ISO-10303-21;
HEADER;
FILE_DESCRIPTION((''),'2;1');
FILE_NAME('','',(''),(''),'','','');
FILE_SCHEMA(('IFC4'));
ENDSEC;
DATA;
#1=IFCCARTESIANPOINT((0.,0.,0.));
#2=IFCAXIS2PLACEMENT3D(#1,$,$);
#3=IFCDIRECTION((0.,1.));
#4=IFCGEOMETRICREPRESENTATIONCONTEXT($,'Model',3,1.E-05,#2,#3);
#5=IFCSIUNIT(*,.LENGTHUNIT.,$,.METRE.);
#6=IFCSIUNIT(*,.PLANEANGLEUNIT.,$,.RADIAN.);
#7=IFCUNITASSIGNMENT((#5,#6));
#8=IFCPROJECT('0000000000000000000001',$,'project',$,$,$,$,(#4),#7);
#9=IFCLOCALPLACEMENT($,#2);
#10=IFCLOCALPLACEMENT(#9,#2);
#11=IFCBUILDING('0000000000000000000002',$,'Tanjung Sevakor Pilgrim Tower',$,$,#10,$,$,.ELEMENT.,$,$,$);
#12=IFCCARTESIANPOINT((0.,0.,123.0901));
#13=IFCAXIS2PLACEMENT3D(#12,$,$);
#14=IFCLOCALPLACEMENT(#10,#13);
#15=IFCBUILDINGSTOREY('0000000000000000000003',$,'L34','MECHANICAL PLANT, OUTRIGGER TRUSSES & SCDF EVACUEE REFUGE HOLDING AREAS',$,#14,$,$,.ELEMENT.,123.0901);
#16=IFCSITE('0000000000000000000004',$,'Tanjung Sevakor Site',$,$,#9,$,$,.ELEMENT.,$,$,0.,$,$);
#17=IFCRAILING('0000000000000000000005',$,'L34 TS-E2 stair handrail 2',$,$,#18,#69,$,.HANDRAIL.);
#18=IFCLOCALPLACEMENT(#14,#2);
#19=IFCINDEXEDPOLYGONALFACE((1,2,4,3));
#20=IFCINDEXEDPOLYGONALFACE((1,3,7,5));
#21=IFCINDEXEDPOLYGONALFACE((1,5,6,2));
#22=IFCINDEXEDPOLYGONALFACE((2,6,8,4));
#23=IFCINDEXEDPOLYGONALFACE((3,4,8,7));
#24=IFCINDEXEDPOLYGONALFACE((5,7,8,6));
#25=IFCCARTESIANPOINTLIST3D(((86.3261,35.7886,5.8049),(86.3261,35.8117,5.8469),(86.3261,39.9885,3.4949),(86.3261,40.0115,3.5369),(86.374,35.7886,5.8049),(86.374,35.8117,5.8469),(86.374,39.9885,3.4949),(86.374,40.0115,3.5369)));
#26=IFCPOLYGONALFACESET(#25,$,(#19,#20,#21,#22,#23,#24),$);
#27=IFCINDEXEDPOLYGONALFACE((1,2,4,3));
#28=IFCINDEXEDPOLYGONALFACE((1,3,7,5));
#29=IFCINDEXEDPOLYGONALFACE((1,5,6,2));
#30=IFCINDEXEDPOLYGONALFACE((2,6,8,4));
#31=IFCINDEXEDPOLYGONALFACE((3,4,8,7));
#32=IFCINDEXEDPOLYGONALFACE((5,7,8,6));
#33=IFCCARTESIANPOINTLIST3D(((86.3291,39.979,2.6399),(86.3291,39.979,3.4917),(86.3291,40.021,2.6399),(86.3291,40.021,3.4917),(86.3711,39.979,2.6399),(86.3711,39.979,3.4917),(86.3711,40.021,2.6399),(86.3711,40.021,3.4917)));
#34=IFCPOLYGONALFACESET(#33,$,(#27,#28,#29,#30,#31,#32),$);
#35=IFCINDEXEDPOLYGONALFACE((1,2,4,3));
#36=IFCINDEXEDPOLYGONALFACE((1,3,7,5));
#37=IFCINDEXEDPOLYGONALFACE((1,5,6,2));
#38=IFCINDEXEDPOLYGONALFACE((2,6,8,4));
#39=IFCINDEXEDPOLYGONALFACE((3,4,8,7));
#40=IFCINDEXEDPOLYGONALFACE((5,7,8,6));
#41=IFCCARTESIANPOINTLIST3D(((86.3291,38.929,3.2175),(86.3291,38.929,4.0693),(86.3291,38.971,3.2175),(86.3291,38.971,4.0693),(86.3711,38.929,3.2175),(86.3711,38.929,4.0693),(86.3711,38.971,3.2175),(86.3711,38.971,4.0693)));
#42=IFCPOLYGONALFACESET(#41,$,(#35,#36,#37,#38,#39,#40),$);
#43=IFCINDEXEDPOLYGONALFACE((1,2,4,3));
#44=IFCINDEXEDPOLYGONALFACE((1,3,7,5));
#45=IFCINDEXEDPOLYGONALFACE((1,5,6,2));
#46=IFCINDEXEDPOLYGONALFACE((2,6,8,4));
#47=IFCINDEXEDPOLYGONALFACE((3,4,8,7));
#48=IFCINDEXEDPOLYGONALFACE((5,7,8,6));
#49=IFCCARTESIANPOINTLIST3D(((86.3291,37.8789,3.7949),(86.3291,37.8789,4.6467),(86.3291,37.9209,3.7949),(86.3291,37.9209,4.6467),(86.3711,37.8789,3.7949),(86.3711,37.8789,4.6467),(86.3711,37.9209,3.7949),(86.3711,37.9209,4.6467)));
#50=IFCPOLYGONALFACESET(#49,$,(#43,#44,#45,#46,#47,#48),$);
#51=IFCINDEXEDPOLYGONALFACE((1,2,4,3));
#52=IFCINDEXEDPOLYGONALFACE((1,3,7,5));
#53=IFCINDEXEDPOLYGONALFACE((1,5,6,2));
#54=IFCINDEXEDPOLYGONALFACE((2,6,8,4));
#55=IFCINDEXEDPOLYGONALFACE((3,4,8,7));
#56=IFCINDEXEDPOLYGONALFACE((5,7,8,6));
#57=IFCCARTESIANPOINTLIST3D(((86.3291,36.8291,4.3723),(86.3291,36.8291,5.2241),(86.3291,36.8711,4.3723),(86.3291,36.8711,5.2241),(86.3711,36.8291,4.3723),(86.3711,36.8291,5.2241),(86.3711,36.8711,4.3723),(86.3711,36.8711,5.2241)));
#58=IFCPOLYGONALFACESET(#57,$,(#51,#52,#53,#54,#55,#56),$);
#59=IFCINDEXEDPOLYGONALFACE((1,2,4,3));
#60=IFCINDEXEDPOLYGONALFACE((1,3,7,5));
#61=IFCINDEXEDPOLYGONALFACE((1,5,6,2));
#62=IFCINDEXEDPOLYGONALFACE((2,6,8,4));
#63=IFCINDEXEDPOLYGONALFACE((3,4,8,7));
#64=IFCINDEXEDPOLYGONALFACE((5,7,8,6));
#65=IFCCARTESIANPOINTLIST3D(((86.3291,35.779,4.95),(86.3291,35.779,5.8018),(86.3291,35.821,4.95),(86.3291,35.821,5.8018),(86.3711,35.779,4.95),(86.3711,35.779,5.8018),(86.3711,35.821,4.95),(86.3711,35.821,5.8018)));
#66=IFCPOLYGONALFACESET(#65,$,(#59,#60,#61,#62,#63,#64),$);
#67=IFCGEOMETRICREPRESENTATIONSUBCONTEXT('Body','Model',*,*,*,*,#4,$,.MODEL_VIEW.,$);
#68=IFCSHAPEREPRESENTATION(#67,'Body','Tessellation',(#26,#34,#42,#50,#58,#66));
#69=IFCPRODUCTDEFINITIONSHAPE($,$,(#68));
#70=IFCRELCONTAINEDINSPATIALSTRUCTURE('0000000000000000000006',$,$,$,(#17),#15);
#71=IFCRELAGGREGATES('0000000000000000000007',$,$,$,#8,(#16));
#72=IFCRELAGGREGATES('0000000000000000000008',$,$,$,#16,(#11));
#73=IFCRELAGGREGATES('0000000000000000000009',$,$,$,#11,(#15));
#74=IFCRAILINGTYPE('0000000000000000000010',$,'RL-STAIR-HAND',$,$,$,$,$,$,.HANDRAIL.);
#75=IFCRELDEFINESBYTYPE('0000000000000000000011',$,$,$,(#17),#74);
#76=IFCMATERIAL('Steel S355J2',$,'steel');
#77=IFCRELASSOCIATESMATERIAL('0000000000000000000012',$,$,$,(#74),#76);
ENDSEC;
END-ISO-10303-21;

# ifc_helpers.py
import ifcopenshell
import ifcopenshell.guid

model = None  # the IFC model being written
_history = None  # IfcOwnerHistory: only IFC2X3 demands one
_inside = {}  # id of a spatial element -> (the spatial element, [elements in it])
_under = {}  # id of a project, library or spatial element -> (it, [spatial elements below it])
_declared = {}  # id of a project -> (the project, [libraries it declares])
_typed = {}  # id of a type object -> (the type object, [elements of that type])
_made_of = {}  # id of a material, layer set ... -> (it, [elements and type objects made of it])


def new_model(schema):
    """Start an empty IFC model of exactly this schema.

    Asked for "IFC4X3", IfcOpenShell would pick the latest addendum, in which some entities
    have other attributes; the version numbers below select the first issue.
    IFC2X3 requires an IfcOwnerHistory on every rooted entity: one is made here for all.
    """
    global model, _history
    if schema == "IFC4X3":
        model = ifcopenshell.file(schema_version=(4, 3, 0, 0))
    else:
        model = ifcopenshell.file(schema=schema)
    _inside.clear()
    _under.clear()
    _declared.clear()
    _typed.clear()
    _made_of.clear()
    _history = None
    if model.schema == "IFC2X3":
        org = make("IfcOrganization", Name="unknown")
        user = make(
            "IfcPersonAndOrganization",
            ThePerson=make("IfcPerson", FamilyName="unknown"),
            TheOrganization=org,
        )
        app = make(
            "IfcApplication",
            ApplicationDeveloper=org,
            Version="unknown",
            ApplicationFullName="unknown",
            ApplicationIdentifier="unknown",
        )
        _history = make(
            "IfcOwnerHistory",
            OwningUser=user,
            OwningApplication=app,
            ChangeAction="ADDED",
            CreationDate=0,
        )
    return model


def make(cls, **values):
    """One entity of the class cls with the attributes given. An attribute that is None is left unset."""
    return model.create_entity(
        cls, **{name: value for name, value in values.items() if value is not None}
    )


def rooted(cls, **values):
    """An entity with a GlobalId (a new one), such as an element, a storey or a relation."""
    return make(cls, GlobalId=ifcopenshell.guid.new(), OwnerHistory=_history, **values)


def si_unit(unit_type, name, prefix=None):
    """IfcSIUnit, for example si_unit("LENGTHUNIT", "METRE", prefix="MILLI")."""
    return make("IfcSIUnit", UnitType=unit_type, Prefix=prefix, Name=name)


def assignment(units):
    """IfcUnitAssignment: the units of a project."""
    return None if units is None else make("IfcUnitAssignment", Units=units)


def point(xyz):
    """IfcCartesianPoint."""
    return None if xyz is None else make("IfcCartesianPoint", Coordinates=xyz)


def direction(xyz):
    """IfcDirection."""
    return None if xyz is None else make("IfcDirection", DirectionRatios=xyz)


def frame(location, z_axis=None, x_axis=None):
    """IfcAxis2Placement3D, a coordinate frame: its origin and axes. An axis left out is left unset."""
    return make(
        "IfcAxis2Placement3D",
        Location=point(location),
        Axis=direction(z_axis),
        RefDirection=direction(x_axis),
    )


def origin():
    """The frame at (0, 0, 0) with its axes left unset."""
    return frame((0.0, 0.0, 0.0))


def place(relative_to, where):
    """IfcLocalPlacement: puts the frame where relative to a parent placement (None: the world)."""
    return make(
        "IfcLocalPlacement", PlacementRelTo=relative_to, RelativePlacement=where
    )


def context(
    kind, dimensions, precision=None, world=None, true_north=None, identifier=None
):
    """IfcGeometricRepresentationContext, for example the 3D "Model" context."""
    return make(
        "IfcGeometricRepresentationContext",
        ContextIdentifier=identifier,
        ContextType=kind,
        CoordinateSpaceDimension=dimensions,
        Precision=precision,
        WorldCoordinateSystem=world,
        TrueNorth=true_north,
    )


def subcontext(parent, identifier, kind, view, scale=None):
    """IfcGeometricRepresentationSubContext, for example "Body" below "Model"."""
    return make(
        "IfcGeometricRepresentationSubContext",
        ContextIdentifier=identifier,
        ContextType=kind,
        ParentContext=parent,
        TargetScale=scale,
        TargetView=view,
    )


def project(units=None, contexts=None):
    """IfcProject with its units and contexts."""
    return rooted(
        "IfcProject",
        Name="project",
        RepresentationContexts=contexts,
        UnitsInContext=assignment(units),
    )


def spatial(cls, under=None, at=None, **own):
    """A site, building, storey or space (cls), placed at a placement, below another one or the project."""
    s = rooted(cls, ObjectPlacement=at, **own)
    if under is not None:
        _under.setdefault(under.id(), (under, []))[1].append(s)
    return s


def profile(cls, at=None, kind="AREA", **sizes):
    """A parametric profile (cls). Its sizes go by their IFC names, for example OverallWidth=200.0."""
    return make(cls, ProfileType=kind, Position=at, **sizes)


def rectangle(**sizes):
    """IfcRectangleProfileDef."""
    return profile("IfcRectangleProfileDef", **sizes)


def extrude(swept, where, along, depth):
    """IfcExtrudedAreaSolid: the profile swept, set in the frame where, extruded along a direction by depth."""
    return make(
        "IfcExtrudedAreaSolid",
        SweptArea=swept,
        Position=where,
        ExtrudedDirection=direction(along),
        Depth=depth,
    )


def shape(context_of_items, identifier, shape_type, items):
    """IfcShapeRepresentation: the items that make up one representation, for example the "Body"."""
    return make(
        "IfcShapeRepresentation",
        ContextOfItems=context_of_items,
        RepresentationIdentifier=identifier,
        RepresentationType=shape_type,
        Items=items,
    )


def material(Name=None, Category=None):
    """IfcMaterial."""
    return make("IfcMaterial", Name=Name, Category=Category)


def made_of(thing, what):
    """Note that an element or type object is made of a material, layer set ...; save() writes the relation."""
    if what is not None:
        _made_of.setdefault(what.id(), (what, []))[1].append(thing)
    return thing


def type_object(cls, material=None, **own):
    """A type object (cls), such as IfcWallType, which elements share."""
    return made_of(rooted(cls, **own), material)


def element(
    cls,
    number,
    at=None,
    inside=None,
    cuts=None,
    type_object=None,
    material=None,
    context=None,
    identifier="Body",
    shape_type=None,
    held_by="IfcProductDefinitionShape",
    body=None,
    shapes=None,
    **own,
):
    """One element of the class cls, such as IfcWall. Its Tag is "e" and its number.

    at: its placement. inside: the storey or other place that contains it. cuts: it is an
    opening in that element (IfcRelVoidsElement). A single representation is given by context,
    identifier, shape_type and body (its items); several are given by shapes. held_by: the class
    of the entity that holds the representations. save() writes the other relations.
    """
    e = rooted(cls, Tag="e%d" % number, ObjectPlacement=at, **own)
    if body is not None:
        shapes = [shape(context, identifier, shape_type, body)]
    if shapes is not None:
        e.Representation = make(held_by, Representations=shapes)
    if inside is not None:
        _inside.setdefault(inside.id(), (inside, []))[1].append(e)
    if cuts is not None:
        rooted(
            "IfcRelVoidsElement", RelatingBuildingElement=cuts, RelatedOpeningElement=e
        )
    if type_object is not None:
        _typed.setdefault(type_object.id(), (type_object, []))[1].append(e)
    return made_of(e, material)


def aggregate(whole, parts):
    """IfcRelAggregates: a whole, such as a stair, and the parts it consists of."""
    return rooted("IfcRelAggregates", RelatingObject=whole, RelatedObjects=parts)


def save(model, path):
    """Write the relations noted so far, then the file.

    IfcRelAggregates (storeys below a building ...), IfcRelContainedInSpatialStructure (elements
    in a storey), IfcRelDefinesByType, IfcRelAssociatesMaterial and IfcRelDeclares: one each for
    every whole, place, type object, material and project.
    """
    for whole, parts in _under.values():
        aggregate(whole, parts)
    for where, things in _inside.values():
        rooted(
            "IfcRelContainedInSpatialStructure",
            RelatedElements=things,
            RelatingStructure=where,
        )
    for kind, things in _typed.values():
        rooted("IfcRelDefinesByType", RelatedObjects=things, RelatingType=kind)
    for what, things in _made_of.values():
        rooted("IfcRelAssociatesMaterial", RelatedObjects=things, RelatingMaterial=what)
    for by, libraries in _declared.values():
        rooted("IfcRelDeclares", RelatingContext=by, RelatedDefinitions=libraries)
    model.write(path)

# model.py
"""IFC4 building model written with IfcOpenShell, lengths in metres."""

from ifc_helpers import new_model, si_unit, direction, frame, origin, place, context, subcontext, project, spatial, rectangle, extrude, material, type_object, element, save


model = new_model("IFC4")

# Units and contexts
model_context = context("Model", 3, precision=1e-05, world=origin(), true_north=direction((0.0, 1.0)))
body_context = subcontext(model_context, "Body", "Model", "MODEL_VIEW")
ifc_project = project(units=[si_unit("LENGTHUNIT", "METRE"), si_unit("PLANEANGLEUNIT", "RADIAN")], contexts=[model_context])

# Site, building, storey
site_placement = place(None, origin())
site = spatial("IfcSite", under=ifc_project, at=site_placement, Name="Tanjung Sevakor Site", CompositionType="ELEMENT", RefElevation=0.0)
building_placement = place(site_placement, origin())
building = spatial("IfcBuilding", under=site, at=building_placement, Name="Tanjung Sevakor Pilgrim Tower", CompositionType="ELEMENT")
storey_placement = place(building_placement, frame((0.0, 0.0, 123.0901)))
storey = spatial("IfcBuildingStorey", under=building, at=storey_placement, Name="L34", Description="MECHANICAL PLANT, OUTRIGGER TRUSSES & SCDF EVACUEE REFUGE HOLDING AREAS", CompositionType="ELEMENT", Elevation=123.0901)

# Railing
ifc_material_1 = material(Name="Steel S355J2", Category="steel")
railing_type_1 = type_object("IfcRailingType", Name="RL-STAIR-HAND", PredefinedType="HANDRAIL", material=ifc_material_1)
railing_1_placement = place(storey_placement, frame((86.3501, 40.0, 2.6399)))
element("IfcRailing", 1, at=railing_1_placement, inside=storey, type_object=railing_type_1, Name="L34 TS-E2 stair handrail 2", PredefinedType="HANDRAIL", context=body_context, shape_type="SweptSolid", body=[
    extrude(rectangle(XDim=0.0479, YDim=0.0479), frame((0.0, 0.0, 0.876), z_axis=(0.0, -0.876208, 0.481932), x_axis=(1.0, 0.0, 0.0)), (0.0, 0.0, 1.0), 4.7932),
    extrude(rectangle(XDim=0.042, YDim=0.042), origin(), (0.0, 0.0, 1.0), 0.8518),
    extrude(rectangle(XDim=0.042, YDim=0.042), frame((0.0, -1.05, 0.5776)), (0.0, 0.0, 1.0), 0.8518),
    extrude(rectangle(XDim=0.042, YDim=0.042), frame((0.0, -2.1001, 1.155)), (0.0, 0.0, 1.0), 0.8518),
    extrude(rectangle(XDim=0.042, YDim=0.042), frame((0.0, -3.1499, 1.7324)), (0.0, 0.0, 1.0), 0.8518),
    extrude(rectangle(XDim=0.042, YDim=0.042), frame((0.0, -4.2, 2.3101)), (0.0, 0.0, 1.0), 0.8518),
])

save(model, "model.ifc")
